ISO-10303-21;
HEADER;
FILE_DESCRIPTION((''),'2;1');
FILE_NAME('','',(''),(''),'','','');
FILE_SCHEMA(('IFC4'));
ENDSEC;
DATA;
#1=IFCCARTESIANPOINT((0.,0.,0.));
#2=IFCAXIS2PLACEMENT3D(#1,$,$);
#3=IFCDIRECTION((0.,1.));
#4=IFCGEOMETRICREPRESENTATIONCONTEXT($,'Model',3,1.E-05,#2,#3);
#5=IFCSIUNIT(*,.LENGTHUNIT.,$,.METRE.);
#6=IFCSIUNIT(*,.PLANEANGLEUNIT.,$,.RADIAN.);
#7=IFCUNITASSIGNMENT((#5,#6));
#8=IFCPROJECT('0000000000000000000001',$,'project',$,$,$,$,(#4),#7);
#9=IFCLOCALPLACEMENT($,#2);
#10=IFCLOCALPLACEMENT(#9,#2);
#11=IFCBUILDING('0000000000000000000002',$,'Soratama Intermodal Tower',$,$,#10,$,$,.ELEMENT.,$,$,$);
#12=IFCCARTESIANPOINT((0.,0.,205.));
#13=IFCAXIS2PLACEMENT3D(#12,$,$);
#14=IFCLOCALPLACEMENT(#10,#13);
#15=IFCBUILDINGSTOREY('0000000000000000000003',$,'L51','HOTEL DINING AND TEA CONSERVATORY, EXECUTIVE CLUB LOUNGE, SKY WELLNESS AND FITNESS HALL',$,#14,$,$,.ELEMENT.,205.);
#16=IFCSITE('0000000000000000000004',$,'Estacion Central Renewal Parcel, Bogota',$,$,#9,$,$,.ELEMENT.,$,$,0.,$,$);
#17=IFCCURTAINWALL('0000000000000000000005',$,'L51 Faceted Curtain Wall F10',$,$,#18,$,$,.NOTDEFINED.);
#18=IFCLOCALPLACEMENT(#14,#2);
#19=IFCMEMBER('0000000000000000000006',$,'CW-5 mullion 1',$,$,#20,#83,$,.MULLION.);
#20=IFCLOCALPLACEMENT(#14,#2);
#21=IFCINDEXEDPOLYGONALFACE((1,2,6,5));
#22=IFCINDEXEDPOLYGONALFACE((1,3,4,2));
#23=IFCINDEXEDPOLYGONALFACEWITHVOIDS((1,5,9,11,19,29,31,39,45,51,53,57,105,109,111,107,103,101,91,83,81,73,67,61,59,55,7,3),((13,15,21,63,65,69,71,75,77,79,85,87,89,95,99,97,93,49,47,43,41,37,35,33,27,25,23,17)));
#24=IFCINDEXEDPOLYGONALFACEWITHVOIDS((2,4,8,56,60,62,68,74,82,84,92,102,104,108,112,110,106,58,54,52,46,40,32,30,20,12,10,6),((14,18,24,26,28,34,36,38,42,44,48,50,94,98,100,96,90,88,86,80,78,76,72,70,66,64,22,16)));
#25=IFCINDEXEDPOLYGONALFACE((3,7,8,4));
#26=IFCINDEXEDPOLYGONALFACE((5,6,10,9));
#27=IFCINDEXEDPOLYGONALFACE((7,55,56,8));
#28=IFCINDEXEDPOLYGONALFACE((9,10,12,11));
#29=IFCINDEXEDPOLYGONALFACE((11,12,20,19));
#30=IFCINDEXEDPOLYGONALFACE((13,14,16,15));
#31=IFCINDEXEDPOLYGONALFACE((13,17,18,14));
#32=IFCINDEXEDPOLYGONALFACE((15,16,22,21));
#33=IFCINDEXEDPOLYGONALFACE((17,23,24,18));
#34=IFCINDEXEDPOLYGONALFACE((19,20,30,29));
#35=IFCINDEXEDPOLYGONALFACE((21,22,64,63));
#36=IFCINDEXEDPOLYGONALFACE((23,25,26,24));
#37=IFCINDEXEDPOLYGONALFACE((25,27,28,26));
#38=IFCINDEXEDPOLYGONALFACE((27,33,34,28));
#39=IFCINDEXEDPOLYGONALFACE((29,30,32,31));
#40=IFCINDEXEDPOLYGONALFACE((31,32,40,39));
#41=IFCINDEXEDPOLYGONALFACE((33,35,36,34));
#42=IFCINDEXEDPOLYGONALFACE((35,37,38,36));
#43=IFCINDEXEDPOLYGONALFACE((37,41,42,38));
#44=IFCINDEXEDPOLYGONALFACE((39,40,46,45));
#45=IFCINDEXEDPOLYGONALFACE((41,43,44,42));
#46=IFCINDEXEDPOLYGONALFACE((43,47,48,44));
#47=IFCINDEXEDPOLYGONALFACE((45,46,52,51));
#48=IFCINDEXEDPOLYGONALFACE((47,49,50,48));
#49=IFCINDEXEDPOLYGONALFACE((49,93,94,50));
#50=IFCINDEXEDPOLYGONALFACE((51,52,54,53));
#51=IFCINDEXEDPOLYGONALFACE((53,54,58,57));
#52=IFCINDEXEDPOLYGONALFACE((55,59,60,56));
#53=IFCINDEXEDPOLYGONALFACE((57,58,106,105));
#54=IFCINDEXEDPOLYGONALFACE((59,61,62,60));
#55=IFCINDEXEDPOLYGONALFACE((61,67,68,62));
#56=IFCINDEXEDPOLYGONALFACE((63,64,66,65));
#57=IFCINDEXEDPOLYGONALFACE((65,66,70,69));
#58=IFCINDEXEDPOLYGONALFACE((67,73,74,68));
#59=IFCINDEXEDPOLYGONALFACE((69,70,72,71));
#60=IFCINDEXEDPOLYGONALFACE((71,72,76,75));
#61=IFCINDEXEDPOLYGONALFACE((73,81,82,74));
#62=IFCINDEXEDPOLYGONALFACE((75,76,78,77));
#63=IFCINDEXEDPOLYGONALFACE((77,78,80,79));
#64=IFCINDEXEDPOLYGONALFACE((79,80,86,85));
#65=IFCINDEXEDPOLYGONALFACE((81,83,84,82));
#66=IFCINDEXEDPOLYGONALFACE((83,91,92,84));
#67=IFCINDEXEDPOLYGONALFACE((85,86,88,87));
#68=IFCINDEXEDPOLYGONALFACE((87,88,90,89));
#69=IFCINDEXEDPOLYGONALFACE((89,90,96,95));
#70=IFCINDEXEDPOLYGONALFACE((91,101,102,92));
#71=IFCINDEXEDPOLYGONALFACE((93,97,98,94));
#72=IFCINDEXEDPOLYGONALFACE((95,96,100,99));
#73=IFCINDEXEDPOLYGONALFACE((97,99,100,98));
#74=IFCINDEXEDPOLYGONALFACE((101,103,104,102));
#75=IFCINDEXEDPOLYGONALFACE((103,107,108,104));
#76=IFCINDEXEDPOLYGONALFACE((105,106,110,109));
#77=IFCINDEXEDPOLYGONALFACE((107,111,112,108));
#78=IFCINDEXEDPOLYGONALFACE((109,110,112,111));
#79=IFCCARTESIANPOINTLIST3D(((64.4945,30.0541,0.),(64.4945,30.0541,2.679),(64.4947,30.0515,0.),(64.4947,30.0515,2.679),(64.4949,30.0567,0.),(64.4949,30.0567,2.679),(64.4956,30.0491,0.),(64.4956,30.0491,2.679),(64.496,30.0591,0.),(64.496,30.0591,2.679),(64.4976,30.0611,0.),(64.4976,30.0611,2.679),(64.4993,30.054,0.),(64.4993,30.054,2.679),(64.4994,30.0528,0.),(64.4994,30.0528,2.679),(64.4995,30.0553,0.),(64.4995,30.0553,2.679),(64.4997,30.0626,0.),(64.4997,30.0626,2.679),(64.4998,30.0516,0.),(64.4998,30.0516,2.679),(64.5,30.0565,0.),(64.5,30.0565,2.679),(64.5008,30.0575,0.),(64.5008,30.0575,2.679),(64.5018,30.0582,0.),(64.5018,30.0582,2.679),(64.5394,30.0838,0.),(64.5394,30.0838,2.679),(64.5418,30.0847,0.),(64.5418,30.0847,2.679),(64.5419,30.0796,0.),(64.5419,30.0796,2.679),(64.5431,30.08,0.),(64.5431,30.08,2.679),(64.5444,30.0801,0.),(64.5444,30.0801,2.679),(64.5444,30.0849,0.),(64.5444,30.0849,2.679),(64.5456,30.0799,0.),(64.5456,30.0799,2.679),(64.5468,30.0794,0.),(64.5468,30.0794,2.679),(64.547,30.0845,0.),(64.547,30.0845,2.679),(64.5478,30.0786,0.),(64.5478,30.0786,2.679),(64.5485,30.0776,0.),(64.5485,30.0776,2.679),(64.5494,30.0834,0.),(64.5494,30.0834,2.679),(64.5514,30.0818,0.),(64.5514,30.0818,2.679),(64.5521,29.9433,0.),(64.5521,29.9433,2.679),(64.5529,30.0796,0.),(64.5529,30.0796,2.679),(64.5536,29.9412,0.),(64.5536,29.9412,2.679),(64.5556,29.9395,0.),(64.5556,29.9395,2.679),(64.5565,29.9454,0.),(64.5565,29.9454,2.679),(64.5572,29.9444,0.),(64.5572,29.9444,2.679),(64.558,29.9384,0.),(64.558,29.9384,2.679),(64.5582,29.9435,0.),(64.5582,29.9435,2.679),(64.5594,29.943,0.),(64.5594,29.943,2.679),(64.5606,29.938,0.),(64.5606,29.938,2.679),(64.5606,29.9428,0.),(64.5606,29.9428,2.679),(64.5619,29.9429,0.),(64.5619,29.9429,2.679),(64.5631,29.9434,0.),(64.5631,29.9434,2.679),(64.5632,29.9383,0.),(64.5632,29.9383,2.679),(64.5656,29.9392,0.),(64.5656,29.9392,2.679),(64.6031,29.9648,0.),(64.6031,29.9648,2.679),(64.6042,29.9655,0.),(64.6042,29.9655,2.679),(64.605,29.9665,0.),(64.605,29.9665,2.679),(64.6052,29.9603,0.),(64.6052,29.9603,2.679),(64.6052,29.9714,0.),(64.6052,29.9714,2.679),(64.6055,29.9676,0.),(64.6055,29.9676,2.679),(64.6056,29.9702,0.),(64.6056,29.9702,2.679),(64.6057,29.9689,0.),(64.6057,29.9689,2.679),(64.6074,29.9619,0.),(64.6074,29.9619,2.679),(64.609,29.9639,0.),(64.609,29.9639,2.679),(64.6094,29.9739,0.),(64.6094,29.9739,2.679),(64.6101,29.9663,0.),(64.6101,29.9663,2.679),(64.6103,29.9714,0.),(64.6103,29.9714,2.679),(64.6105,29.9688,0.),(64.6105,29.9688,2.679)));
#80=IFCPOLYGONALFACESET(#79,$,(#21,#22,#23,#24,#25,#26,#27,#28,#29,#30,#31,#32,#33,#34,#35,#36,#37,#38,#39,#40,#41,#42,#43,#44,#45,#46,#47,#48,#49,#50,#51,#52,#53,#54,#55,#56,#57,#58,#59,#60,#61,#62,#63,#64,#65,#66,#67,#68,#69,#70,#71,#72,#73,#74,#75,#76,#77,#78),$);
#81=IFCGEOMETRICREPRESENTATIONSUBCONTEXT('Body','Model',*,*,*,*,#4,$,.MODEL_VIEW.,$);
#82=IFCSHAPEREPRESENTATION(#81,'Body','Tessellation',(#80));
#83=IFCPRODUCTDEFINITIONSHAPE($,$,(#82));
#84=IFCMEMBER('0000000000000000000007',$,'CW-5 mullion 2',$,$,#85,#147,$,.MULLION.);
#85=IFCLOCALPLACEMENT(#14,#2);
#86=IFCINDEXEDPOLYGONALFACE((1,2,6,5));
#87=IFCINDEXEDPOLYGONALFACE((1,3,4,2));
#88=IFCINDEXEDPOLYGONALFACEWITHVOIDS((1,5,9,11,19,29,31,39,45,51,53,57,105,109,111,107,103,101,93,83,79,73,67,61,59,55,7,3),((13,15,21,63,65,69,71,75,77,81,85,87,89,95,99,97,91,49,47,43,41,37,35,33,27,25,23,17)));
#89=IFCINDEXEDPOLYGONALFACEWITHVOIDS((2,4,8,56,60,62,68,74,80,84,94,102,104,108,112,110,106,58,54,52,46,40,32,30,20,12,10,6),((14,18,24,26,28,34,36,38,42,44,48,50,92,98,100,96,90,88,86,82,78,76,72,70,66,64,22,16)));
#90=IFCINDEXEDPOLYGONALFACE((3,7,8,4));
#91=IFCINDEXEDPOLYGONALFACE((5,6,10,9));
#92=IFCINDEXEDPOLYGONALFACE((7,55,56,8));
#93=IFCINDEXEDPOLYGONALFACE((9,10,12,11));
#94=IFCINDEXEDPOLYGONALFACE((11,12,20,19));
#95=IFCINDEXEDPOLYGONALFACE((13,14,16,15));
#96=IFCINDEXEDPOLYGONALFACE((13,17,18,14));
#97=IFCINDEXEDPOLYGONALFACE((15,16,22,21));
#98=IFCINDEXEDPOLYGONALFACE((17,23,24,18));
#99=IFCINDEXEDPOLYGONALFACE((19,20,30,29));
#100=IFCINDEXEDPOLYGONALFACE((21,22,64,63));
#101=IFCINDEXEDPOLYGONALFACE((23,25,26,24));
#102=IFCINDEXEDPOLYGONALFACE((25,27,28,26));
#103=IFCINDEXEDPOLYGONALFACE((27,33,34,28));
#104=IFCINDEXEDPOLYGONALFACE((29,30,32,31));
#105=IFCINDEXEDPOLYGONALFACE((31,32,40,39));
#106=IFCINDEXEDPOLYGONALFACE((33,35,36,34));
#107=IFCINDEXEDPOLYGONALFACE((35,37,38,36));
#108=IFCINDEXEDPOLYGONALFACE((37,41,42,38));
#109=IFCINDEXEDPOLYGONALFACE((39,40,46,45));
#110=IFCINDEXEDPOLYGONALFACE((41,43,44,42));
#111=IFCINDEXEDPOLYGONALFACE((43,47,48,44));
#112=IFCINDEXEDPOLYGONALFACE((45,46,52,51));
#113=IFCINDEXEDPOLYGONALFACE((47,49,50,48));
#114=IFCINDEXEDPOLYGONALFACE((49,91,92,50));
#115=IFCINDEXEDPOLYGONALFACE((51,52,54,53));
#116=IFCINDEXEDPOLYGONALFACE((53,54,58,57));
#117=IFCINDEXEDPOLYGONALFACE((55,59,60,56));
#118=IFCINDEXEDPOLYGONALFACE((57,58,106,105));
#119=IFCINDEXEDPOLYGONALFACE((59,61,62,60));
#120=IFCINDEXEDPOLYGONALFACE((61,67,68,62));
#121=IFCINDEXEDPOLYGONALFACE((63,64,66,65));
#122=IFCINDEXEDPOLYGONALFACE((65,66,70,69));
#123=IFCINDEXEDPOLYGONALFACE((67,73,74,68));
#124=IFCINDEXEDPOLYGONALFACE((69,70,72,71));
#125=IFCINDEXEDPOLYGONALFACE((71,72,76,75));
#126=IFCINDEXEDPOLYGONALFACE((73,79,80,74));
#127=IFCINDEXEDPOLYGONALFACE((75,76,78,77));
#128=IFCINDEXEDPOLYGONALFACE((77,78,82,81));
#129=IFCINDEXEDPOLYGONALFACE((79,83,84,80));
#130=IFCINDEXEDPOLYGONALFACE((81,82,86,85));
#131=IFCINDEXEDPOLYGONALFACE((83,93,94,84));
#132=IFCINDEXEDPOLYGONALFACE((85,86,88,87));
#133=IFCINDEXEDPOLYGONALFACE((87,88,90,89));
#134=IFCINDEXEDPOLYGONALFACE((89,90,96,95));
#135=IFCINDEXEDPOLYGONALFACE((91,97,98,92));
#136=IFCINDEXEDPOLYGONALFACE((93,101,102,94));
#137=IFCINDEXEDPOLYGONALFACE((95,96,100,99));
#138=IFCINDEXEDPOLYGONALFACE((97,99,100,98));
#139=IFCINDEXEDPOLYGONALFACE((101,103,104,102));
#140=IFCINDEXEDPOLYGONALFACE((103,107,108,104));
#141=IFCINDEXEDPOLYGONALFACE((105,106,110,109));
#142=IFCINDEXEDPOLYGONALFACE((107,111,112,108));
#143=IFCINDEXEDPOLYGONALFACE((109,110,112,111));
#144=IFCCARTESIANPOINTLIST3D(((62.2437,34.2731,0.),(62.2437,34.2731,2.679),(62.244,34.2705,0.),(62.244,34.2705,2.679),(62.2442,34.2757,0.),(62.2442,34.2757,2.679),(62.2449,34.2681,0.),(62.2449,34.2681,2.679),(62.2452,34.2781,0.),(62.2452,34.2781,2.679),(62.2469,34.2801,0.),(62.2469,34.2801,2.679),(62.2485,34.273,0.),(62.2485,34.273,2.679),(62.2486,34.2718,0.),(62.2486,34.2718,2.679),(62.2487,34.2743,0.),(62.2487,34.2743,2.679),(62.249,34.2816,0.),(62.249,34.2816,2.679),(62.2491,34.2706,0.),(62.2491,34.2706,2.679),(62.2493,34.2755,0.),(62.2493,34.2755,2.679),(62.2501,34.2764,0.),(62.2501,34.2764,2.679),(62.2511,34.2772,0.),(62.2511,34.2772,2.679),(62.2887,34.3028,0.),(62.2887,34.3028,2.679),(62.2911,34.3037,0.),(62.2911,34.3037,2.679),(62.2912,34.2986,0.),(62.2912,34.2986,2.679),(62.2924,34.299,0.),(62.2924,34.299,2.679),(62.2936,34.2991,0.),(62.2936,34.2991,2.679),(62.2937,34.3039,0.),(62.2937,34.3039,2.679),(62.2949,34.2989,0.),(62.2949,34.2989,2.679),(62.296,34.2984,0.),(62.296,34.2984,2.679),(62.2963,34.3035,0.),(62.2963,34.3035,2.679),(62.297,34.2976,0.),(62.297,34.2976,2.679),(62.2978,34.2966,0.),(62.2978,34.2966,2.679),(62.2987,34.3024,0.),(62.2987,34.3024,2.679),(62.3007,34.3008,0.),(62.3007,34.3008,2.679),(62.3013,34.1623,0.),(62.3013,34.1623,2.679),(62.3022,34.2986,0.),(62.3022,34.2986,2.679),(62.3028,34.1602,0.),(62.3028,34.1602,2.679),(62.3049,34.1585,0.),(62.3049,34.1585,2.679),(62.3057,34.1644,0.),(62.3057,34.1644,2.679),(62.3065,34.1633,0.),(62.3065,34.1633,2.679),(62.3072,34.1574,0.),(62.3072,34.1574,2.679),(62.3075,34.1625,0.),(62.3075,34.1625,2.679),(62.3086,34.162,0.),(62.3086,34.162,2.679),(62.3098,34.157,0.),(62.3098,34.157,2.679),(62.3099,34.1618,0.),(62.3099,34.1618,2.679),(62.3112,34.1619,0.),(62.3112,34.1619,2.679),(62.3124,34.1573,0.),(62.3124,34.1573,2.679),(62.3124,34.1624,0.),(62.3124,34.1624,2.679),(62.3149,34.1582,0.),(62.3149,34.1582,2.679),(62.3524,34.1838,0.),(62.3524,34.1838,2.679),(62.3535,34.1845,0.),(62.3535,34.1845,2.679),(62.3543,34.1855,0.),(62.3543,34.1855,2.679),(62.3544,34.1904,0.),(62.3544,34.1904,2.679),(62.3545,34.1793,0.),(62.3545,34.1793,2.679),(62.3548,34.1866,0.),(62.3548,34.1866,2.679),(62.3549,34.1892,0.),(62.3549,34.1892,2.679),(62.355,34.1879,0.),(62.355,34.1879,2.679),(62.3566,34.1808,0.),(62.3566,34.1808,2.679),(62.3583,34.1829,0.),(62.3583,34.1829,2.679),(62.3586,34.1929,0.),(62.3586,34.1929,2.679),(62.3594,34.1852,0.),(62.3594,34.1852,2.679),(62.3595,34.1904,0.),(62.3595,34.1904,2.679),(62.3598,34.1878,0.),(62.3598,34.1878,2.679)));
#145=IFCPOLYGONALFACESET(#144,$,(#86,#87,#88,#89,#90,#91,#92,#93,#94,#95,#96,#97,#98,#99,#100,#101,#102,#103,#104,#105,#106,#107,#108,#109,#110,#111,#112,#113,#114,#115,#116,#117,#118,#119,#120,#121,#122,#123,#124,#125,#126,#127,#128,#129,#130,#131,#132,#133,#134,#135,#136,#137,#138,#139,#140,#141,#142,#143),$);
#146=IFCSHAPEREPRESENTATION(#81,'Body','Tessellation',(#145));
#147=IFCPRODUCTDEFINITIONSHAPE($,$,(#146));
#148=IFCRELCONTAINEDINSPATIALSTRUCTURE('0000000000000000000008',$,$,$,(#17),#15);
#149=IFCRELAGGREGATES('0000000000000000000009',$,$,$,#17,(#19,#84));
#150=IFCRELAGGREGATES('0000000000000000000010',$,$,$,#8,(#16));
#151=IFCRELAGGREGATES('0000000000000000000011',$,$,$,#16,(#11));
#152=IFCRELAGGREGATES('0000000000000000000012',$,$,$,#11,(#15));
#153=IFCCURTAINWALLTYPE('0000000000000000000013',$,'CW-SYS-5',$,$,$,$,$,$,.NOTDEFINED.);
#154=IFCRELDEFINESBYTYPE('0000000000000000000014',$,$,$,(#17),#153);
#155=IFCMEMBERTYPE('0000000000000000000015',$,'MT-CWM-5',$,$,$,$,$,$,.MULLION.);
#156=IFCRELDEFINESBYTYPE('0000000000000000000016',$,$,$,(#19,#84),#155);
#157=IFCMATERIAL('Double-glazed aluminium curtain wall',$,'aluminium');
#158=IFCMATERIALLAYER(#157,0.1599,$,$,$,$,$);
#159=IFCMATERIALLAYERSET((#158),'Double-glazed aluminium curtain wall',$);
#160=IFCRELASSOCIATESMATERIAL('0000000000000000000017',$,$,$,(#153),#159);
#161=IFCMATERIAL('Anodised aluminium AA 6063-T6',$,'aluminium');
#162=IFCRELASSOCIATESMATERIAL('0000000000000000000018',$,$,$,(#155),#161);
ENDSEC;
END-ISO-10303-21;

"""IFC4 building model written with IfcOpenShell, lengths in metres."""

from ifc_helpers import new_model, si_unit, direction, frame, origin, origin_2d, place, context, subcontext, project, spatial, hollow_rectangle, extrude, material, layer, layer_set, material_profile, profile_set, type_object, element, aggregate, save


model = new_model("IFC4")

# Units and contexts
model_context = context("Model", 3, precision=1e-05, world=origin(), true_north=direction((0.0, 1.0)))
body_context = subcontext(model_context, "Body", "Model", "MODEL_VIEW")
ifc_project = project(units=[si_unit("LENGTHUNIT", "METRE"), si_unit("PLANEANGLEUNIT", "RADIAN")], contexts=[model_context])

# Site, building, storey
site_placement = place(None, origin())
site = spatial("IfcSite", under=ifc_project, at=site_placement, Name="Estacion Central Renewal Parcel, Bogota", CompositionType="ELEMENT", RefElevation=0.0)
building_placement = place(site_placement, origin())
building = spatial("IfcBuilding", under=site, at=building_placement, Name="Soratama Intermodal Tower", CompositionType="ELEMENT")
storey_placement = place(building_placement, frame((0.0, 0.0, 205.0)))
storey = spatial("IfcBuildingStorey", under=building, at=storey_placement, Name="L51", Description="HOTEL DINING AND TEA CONSERVATORY, EXECUTIVE CLUB LOUNGE, SKY WELLNESS AND FITNESS HALL", CompositionType="ELEMENT", Elevation=205.0)

# Curtain wall, members
ifc_material_1 = material(Name="Double-glazed aluminium curtain wall", Category="aluminium")
ifc_layer_1 = layer(ifc_material_1, 0.1599)
ifc_layer_set_1 = layer_set([ifc_layer_1], Name="Double-glazed aluminium curtain wall")
curtain_wall_type = type_object("IfcCurtainWallType", Name="CW-SYS-5", PredefinedType="NOTDEFINED", material=ifc_layer_set_1)
curtain_wall_placement = place(storey_placement, origin())
curtain_wall = element("IfcCurtainWall", 1, at=curtain_wall_placement, inside=storey, type_object=curtain_wall_type, Name="L51 Faceted Curtain Wall F10", PredefinedType="NOTDEFINED")
ifc_material_2 = material(Name="Anodised aluminium AA 6063-T6", Category="aluminium")
ifc_material_profile_1 = material_profile(ifc_material_2, hollow_rectangle(XDim=0.0649, YDim=0.1399, WallThickness=0.0049, InnerFilletRadius=0.0049, OuterFilletRadius=0.01, at=origin_2d()), Name="CWM140X65X5")
ifc_profile_set_1 = profile_set([ifc_material_profile_1], Name="Anodised aluminium AA 6063-T6")
member_type_1 = type_object("IfcMemberType", Name="MT-CWM-5", PredefinedType="MULLION", material=ifc_profile_set_1)
member_1_placement = place(storey_placement, frame((64.5525, 30.0115, 0.0), z_axis=(0.0, 0.0, 1.0), x_axis=(-0.88229, -0.470706, 0.0)))
member_1 = element("IfcMember", 2, at=member_1_placement, type_object=member_type_1, Name="CW-5 mullion 1", PredefinedType="MULLION", context=body_context, shape_type="SweptSolid", body=[
    extrude(hollow_rectangle(XDim=0.0649, YDim=0.1399, WallThickness=0.0049, InnerFilletRadius=0.0049, OuterFilletRadius=0.01, at=origin_2d()), origin(), (0.0, 0.0, 1.0), 2.679),
])
member_2_placement = place(storey_placement, frame((62.3018, 34.2305, 0.0), z_axis=(0.0, 0.0, 1.0), x_axis=(-0.88229, -0.470706, 0.0)))
member_2 = element("IfcMember", 3, at=member_2_placement, type_object=member_type_1, Name="CW-5 mullion 2", PredefinedType="MULLION", context=body_context, shape_type="SweptSolid", body=[
    extrude(hollow_rectangle(XDim=0.0649, YDim=0.1399, WallThickness=0.0049, InnerFilletRadius=0.0049, OuterFilletRadius=0.01, at=origin_2d()), origin(), (0.0, 0.0, 1.0), 2.679),
])
aggregate(curtain_wall, [member_1, member_2])

save(model, "model.ifc")
